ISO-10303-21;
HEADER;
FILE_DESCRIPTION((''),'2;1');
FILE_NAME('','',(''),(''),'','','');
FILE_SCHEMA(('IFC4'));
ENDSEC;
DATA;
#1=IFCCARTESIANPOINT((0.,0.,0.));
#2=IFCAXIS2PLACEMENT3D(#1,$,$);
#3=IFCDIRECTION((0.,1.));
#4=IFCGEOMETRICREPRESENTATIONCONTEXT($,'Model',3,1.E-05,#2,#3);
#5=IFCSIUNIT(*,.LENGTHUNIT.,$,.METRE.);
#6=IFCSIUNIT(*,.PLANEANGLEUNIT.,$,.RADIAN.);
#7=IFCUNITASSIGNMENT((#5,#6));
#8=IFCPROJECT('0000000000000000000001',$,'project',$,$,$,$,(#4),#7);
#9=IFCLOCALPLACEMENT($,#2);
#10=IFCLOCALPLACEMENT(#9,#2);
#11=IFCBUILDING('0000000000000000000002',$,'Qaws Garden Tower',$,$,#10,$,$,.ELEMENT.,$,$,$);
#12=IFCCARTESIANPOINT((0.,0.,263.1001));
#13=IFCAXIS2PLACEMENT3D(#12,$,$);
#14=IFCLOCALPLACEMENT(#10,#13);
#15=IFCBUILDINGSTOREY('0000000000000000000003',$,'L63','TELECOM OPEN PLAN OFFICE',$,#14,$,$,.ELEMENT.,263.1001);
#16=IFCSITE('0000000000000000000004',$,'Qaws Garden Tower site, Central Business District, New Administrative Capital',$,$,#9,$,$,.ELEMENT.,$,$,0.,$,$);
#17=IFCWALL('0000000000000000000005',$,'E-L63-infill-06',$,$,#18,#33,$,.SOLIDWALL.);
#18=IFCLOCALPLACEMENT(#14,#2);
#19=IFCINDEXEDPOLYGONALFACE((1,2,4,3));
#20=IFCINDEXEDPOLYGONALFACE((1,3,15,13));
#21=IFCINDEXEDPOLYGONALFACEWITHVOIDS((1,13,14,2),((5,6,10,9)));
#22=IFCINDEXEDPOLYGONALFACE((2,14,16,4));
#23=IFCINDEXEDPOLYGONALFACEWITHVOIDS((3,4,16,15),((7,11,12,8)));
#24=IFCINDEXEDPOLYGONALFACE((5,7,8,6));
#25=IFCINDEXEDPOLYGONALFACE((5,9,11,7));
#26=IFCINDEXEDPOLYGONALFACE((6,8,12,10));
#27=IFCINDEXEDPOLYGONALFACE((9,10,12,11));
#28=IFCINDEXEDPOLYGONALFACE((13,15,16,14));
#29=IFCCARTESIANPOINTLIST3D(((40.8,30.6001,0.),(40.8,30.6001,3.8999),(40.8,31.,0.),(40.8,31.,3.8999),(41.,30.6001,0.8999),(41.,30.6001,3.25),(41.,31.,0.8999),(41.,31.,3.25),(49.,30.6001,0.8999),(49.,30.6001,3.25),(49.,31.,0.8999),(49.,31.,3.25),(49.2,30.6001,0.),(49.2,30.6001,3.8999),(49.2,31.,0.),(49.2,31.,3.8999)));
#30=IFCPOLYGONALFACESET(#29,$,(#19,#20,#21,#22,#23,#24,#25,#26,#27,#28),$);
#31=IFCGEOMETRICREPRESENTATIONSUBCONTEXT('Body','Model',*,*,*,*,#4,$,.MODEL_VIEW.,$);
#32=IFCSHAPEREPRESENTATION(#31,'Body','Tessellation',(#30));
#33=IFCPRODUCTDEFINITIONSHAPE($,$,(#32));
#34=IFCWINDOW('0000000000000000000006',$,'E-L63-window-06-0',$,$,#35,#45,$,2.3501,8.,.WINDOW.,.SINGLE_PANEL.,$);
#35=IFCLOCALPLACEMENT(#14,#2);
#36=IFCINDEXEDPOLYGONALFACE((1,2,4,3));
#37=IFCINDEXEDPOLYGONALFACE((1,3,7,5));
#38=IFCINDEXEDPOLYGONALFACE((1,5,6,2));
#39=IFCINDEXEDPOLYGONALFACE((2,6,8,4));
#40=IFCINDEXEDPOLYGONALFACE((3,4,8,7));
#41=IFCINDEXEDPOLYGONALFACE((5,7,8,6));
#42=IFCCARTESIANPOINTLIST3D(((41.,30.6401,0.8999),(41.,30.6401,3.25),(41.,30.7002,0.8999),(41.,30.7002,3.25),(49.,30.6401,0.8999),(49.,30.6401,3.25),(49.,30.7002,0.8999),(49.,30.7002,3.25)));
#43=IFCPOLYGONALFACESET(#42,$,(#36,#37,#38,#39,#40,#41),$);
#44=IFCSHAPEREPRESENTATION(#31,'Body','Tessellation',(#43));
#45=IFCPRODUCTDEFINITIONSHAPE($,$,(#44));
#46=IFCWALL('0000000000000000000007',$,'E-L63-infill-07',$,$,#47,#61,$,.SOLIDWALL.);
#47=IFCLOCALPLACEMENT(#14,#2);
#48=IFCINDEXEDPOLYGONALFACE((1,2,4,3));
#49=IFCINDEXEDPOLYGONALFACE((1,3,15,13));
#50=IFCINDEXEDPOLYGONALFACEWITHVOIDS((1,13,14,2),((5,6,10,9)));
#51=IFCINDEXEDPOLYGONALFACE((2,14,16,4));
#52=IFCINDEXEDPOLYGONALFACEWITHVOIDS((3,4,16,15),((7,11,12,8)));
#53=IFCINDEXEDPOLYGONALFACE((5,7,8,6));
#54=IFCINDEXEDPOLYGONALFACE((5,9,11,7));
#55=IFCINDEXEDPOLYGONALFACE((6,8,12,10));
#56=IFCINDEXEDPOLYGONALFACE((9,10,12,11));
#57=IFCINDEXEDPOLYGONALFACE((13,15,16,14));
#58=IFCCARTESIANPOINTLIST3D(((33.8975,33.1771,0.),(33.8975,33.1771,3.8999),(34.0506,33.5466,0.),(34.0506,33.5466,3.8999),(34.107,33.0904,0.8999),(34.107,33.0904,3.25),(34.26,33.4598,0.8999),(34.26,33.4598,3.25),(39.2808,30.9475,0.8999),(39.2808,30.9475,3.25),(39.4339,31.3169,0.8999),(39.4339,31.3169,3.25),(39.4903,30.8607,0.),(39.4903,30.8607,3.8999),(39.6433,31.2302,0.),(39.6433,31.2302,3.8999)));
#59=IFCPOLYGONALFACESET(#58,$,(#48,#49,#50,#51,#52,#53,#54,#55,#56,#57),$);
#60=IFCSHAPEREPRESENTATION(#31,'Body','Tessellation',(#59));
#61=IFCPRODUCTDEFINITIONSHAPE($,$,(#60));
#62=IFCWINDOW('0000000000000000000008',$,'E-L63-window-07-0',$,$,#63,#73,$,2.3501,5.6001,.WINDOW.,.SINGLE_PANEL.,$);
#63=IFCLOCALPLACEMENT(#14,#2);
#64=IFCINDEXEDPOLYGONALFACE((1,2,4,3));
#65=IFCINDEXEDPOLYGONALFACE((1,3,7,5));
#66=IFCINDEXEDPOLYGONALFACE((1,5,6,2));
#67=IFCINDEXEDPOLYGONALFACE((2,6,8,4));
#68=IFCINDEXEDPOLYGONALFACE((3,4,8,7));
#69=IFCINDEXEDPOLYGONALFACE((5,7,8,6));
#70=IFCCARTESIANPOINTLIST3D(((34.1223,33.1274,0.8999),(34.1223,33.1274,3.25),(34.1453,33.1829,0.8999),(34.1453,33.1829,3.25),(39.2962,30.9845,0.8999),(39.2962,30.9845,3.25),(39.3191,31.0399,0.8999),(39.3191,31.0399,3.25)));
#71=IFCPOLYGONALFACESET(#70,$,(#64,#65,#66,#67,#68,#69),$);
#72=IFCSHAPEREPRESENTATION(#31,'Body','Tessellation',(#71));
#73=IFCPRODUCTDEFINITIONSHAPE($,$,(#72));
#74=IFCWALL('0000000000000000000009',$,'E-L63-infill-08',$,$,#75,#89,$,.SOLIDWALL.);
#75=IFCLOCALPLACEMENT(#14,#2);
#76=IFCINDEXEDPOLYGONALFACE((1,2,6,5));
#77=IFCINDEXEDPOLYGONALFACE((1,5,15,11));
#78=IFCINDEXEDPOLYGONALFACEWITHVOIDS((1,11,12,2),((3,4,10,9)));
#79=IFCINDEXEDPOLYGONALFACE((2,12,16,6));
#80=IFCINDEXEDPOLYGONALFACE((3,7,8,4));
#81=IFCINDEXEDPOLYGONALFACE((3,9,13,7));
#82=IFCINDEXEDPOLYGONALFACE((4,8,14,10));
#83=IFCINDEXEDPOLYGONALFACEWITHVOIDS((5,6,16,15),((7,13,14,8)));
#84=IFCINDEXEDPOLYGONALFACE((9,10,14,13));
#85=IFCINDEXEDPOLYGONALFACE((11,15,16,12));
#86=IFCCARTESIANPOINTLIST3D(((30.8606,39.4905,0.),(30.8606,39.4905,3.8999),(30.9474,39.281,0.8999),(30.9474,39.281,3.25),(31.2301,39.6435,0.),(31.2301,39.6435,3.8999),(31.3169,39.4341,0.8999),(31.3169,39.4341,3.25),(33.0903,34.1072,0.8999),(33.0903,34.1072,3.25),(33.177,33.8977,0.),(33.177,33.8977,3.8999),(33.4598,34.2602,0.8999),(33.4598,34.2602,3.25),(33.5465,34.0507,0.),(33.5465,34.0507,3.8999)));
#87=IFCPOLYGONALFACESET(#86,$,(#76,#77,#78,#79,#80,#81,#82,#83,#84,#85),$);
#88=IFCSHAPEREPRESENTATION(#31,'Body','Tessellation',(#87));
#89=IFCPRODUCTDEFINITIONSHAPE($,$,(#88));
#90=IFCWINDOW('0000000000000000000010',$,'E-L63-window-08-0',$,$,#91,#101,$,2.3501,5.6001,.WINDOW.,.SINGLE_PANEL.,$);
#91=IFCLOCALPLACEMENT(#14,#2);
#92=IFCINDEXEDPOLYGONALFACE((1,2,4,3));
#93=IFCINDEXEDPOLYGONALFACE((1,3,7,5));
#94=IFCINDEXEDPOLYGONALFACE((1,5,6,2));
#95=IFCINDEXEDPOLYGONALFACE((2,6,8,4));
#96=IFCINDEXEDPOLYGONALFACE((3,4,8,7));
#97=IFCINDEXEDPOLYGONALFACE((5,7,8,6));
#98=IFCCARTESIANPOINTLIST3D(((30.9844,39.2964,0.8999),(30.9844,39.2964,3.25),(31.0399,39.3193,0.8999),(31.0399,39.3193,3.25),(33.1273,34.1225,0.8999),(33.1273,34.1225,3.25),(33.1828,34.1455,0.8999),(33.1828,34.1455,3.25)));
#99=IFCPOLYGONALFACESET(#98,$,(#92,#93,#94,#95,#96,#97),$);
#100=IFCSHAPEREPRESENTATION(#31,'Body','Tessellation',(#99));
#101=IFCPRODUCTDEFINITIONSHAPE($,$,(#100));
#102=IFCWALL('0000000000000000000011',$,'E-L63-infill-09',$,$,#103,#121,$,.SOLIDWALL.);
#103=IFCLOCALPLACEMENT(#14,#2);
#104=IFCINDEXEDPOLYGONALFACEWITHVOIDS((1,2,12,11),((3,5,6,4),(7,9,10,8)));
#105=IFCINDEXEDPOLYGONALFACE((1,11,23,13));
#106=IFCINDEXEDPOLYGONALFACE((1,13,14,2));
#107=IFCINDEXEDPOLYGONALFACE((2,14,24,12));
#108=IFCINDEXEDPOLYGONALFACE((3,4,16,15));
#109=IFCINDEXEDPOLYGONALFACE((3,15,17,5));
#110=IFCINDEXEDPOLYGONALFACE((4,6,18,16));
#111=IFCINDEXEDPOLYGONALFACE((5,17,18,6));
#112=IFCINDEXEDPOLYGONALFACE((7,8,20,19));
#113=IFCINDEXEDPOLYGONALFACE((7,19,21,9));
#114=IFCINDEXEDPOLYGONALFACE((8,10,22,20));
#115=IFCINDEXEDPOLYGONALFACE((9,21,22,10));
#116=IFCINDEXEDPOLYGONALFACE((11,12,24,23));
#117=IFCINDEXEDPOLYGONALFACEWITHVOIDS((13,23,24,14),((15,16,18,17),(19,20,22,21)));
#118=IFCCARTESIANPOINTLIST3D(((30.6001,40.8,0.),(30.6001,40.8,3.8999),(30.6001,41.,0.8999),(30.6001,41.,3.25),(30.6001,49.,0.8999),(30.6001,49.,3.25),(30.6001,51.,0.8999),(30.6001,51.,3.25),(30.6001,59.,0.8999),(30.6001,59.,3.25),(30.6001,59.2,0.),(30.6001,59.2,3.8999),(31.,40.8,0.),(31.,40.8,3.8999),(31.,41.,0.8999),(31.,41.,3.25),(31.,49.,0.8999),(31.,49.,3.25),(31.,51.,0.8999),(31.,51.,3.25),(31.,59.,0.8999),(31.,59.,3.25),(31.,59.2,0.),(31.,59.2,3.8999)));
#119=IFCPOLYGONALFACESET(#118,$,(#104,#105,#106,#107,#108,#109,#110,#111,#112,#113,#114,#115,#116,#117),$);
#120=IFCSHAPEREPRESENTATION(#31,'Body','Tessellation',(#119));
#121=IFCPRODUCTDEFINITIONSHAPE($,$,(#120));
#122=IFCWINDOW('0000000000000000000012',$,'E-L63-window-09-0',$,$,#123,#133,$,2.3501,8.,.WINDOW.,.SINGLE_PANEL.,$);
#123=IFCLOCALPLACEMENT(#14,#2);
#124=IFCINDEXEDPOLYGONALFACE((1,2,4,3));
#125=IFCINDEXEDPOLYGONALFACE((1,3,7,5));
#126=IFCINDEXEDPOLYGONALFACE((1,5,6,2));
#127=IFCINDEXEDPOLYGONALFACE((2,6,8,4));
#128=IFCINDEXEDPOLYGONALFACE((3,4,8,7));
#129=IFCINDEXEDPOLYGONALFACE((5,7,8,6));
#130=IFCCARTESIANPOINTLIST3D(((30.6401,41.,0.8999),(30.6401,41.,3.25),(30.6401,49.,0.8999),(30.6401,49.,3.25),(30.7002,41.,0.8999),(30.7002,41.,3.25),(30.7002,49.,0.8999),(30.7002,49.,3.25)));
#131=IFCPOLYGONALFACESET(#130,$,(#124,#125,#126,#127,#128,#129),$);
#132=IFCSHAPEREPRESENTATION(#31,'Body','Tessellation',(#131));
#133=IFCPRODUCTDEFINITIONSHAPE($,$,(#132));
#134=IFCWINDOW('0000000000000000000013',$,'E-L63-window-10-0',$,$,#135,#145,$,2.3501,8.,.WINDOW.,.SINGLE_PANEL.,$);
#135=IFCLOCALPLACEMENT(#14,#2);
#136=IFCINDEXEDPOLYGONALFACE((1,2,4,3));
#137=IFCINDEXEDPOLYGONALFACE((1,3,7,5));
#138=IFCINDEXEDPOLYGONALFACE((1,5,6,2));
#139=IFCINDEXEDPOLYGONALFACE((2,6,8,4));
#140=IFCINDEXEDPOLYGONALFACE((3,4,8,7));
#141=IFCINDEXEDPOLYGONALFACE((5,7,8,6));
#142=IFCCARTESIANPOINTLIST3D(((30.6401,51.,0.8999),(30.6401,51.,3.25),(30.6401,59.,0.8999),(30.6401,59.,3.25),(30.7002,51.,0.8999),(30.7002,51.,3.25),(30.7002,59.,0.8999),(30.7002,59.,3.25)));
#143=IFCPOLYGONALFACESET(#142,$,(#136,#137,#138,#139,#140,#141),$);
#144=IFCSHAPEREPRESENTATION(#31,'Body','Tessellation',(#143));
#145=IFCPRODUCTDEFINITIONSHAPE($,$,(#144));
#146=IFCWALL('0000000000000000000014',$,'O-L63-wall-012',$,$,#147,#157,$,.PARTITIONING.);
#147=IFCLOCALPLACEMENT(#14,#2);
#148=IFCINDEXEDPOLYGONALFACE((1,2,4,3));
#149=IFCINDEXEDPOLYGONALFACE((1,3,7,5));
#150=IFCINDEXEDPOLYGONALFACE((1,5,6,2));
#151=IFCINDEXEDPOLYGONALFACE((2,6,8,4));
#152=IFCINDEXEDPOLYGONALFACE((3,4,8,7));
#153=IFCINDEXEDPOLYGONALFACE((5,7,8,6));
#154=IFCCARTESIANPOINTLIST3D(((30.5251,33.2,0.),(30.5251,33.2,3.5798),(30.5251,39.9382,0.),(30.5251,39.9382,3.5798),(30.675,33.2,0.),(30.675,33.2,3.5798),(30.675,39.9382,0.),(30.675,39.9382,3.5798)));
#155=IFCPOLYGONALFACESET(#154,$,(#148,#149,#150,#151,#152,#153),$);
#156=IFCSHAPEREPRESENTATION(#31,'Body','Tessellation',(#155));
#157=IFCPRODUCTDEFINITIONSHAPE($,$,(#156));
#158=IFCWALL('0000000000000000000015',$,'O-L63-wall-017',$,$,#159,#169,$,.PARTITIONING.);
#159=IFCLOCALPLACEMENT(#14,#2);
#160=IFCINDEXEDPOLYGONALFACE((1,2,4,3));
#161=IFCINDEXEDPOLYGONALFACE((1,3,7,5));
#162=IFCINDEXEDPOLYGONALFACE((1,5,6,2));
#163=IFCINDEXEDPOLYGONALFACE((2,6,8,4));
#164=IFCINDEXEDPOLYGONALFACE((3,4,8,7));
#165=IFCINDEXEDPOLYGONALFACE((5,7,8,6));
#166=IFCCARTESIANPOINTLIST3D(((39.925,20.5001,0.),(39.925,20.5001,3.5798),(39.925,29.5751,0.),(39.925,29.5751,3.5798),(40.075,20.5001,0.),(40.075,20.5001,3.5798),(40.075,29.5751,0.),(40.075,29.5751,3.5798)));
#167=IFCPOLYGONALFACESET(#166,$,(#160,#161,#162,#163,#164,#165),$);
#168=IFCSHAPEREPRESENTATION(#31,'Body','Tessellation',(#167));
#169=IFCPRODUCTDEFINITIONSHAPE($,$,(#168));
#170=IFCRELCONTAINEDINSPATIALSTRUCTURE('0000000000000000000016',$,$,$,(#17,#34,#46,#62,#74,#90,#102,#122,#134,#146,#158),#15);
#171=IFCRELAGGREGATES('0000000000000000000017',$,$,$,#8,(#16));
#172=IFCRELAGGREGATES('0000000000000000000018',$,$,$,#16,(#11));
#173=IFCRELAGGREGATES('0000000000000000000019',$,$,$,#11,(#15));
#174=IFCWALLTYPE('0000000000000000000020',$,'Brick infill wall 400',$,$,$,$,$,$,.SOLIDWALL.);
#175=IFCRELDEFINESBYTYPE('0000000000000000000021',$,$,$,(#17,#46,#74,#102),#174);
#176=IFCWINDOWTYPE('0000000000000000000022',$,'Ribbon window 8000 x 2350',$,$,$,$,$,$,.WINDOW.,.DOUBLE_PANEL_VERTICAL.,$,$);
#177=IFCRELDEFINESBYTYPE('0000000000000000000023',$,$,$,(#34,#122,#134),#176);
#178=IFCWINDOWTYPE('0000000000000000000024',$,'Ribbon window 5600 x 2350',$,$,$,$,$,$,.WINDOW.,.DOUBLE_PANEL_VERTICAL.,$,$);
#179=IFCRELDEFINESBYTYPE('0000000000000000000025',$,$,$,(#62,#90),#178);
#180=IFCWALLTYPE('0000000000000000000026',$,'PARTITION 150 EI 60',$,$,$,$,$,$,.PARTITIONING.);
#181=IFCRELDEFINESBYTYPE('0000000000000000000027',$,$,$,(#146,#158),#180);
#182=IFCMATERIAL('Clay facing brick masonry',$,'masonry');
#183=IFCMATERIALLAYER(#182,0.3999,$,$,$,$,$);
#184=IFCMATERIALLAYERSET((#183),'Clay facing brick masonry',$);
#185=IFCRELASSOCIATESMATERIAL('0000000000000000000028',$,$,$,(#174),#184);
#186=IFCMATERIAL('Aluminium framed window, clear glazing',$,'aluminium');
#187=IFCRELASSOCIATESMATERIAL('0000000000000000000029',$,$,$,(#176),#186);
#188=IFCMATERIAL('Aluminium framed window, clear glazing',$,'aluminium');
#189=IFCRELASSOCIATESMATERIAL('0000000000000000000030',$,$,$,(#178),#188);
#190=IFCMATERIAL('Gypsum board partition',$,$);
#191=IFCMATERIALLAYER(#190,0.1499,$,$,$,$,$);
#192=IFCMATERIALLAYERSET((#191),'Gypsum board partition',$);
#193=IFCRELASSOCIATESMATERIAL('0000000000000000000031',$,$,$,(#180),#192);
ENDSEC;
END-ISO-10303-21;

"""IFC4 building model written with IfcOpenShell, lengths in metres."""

from ifc_helpers import new_model, si_unit, direction, frame, frame_2d, origin, place, context, subcontext, project, spatial, rectangle, extrude, material, layer, layer_set, type_object, element, fill, save


model = new_model("IFC4")

# Units and contexts
model_context = context("Model", 3, precision=1e-05, world=origin(), true_north=direction((0.0, 1.0)))
body_context = subcontext(model_context, "Body", "Model", "MODEL_VIEW")
ifc_project = project(units=[si_unit("LENGTHUNIT", "METRE"), si_unit("PLANEANGLEUNIT", "RADIAN")], contexts=[model_context])

# Site, building, storey
site_placement = place(None, origin())
site = spatial("IfcSite", under=ifc_project, at=site_placement, Name="Qaws Garden Tower site, Central Business District, New Administrative Capital", CompositionType="ELEMENT", RefElevation=0.0)
building_placement = place(site_placement, origin())
building = spatial("IfcBuilding", under=site, at=building_placement, Name="Qaws Garden Tower", CompositionType="ELEMENT")
storey_placement = place(building_placement, frame((0.0, 0.0, 263.1001)))
storey = spatial("IfcBuildingStorey", under=building, at=storey_placement, Name="L63", Description="TELECOM OPEN PLAN OFFICE", CompositionType="ELEMENT", Elevation=263.1001)

# Walls, openings, windows
ifc_material_1 = material(Name="Clay facing brick masonry", Category="masonry")
ifc_layer_1 = layer(ifc_material_1, 0.3999)
ifc_layer_set_1 = layer_set([ifc_layer_1], Name="Clay facing brick masonry")
wall_type_1 = type_object("IfcWallType", Name="Brick infill wall 400", PredefinedType="SOLIDWALL", material=ifc_layer_set_1)
wall_1_placement = place(storey_placement, frame((49.2, 30.8, 0.0), z_axis=(0.0, 0.0, 1.0), x_axis=(-1.0, 0.0, 0.0)))
wall_1 = element("IfcWall", 1, at=wall_1_placement, inside=storey, type_object=wall_type_1, Name="E-L63-infill-06", PredefinedType="SOLIDWALL", context=body_context, shape_type="SweptSolid", body=[
    extrude(rectangle(XDim=8.3999, YDim=0.3999, at=frame_2d((4.2, 0.0))), origin(), (0.0, 0.0, 1.0), 3.8999),
])
opening_1_placement = place(wall_1_placement, frame((0.2, 0.0, 0.8999)))
opening_1 = element("IfcOpeningElement", 2, at=opening_1_placement, cuts=wall_1, PredefinedType="OPENING", context=body_context, shape_type="SweptSolid", body=[
    extrude(rectangle(XDim=8.0, YDim=2.3501, at=frame_2d((4.0, 1.175))), frame((0.0, 0.21, 0.0), z_axis=(0.0, -1.0, 0.0), x_axis=(1.0, 0.0, 0.0)), (0.0, 0.0, 1.0), 0.4199),
])
ifc_material_2 = material(Name="Aluminium framed window, clear glazing", Category="aluminium")
window_type_1 = type_object("IfcWindowType", Name="Ribbon window 8000 x 2350", PartitioningType="DOUBLE_PANEL_VERTICAL", PredefinedType="WINDOW", material=ifc_material_2)
window_1_placement = place(opening_1_placement, origin())
window_1 = element("IfcWindow", 3, at=window_1_placement, inside=storey, type_object=window_type_1, Name="E-L63-window-06-0", OverallHeight=2.3501, OverallWidth=8.0, PartitioningType="SINGLE_PANEL", PredefinedType="WINDOW", context=body_context, shape_type="SweptSolid", body=[
    extrude(rectangle(XDim=8.0, YDim=2.3501, at=frame_2d((4.0, 1.175))), frame((0.0, 0.1599, 0.0), z_axis=(0.0, -1.0, 0.0), x_axis=(1.0, 0.0, 0.0)), (0.0, 0.0, 1.0), 0.0601),
])
fill(opening_1, window_1)
wall_2_placement = place(storey_placement, frame((39.5669, 31.0454, 0.0), z_axis=(0.0, 0.0, 1.0), x_axis=(-0.923891, 0.382656, 0.0)))
wall_2 = element("IfcWall", 4, at=wall_2_placement, inside=storey, type_object=wall_type_1, Name="E-L63-infill-07", PredefinedType="SOLIDWALL", context=body_context, shape_type="SweptSolid", body=[
    extrude(rectangle(XDim=6.0535, YDim=0.3999, at=frame_2d((3.0269, 0.0))), origin(), (0.0, 0.0, 1.0), 3.8999),
])
opening_2_placement = place(wall_2_placement, frame((0.2268, 0.0, 0.8999)))
opening_2 = element("IfcOpeningElement", 5, at=opening_2_placement, cuts=wall_2, PredefinedType="OPENING", context=body_context, shape_type="SweptSolid", body=[
    extrude(rectangle(XDim=5.6001, YDim=2.3501, at=frame_2d((2.8, 1.175))), frame((0.0, 0.21, 0.0), z_axis=(0.0, -1.0, 0.0), x_axis=(1.0, 0.0, 0.0)), (0.0, 0.0, 1.0), 0.4199),
])
ifc_material_3 = material(Name="Aluminium framed window, clear glazing", Category="aluminium")
window_type_2 = type_object("IfcWindowType", Name="Ribbon window 5600 x 2350", PartitioningType="DOUBLE_PANEL_VERTICAL", PredefinedType="WINDOW", material=ifc_material_3)
window_2_placement = place(opening_2_placement, origin())
window_2 = element("IfcWindow", 6, at=window_2_placement, inside=storey, type_object=window_type_2, Name="E-L63-window-07-0", OverallHeight=2.3501, OverallWidth=5.6001, PartitioningType="SINGLE_PANEL", PredefinedType="WINDOW", context=body_context, shape_type="SweptSolid", body=[
    extrude(rectangle(XDim=5.6001, YDim=2.3501, at=frame_2d((2.8, 1.175))), frame((0.0, 0.1599, 0.0), z_axis=(0.0, -1.0, 0.0), x_axis=(1.0, 0.0, 0.0)), (0.0, 0.0, 1.0), 0.0601),
])
fill(opening_2, window_2)
wall_3_placement = place(storey_placement, frame((33.3618, 33.9741, 0.0), z_axis=(0.0, 0.0, 1.0), x_axis=(-0.382656, 0.923891, 0.0)))
wall_3 = element("IfcWall", 7, at=wall_3_placement, inside=storey, type_object=wall_type_1, Name="E-L63-infill-08", PredefinedType="SOLIDWALL", context=body_context, shape_type="SweptSolid", body=[
    extrude(rectangle(XDim=6.0535, YDim=0.3999, at=frame_2d((3.0269, 0.0))), origin(), (0.0, 0.0, 1.0), 3.8999),
])
opening_3_placement = place(wall_3_placement, frame((0.2268, 0.0, 0.8999)))
opening_3 = element("IfcOpeningElement", 8, at=opening_3_placement, cuts=wall_3, PredefinedType="OPENING", context=body_context, shape_type="SweptSolid", body=[
    extrude(rectangle(XDim=5.6001, YDim=2.3501, at=frame_2d((2.8, 1.175))), frame((0.0, 0.21, 0.0), z_axis=(0.0, -1.0, 0.0), x_axis=(1.0, 0.0, 0.0)), (0.0, 0.0, 1.0), 0.4199),
])
window_3_placement = place(opening_3_placement, origin())
window_3 = element("IfcWindow", 9, at=window_3_placement, inside=storey, type_object=window_type_2, Name="E-L63-window-08-0", OverallHeight=2.3501, OverallWidth=5.6001, PartitioningType="SINGLE_PANEL", PredefinedType="WINDOW", context=body_context, shape_type="SweptSolid", body=[
    extrude(rectangle(XDim=5.6001, YDim=2.3501, at=frame_2d((2.8, 1.175))), frame((0.0, 0.1599, 0.0), z_axis=(0.0, -1.0, 0.0), x_axis=(1.0, 0.0, 0.0)), (0.0, 0.0, 1.0), 0.0601),
])
fill(opening_3, window_3)

# Wall, openings, windows
wall_4_placement = place(storey_placement, frame((30.8, 40.8, 0.0), z_axis=(0.0, 0.0, 1.0), x_axis=(0.0, 1.0, 0.0)))
wall_4 = element("IfcWall", 10, at=wall_4_placement, inside=storey, type_object=wall_type_1, Name="E-L63-infill-09", PredefinedType="SOLIDWALL", context=body_context, shape_type="SweptSolid", body=[
    extrude(rectangle(XDim=18.3999, YDim=0.3999, at=frame_2d((9.2, 0.0))), origin(), (0.0, 0.0, 1.0), 3.8999),
])
opening_4_placement = place(wall_4_placement, frame((0.2, 0.0, 0.8999)))
opening_4 = element("IfcOpeningElement", 11, at=opening_4_placement, cuts=wall_4, PredefinedType="OPENING", context=body_context, shape_type="SweptSolid", body=[
    extrude(rectangle(XDim=8.0, YDim=2.3501, at=frame_2d((4.0, 1.175))), frame((0.0, 0.21, 0.0), z_axis=(0.0, -1.0, 0.0), x_axis=(1.0, 0.0, 0.0)), (0.0, 0.0, 1.0), 0.4199),
])
opening_5_placement = place(wall_4_placement, frame((10.2, 0.0, 0.8999)))
opening_5 = element("IfcOpeningElement", 12, at=opening_5_placement, cuts=wall_4, PredefinedType="OPENING", context=body_context, shape_type="SweptSolid", body=[
    extrude(rectangle(XDim=8.0, YDim=2.3501, at=frame_2d((4.0, 1.175))), frame((0.0, 0.21, 0.0), z_axis=(0.0, -1.0, 0.0), x_axis=(1.0, 0.0, 0.0)), (0.0, 0.0, 1.0), 0.4199),
])
window_4_placement = place(opening_4_placement, origin())
window_4 = element("IfcWindow", 13, at=window_4_placement, inside=storey, type_object=window_type_1, Name="E-L63-window-09-0", OverallHeight=2.3501, OverallWidth=8.0, PartitioningType="SINGLE_PANEL", PredefinedType="WINDOW", context=body_context, shape_type="SweptSolid", body=[
    extrude(rectangle(XDim=8.0, YDim=2.3501, at=frame_2d((4.0, 1.175))), frame((0.0, 0.1599, 0.0), z_axis=(0.0, -1.0, 0.0), x_axis=(1.0, 0.0, 0.0)), (0.0, 0.0, 1.0), 0.0601),
])
fill(opening_4, window_4)
window_5_placement = place(opening_5_placement, origin())
window_5 = element("IfcWindow", 14, at=window_5_placement, inside=storey, type_object=window_type_1, Name="E-L63-window-10-0", OverallHeight=2.3501, OverallWidth=8.0, PartitioningType="SINGLE_PANEL", PredefinedType="WINDOW", context=body_context, shape_type="SweptSolid", body=[
    extrude(rectangle(XDim=8.0, YDim=2.3501, at=frame_2d((4.0, 1.175))), frame((0.0, 0.1599, 0.0), z_axis=(0.0, -1.0, 0.0), x_axis=(1.0, 0.0, 0.0)), (0.0, 0.0, 1.0), 0.0601),
])
fill(opening_5, window_5)

# Walls
ifc_material_4 = material(Name="Gypsum board partition")
ifc_layer_2 = layer(ifc_material_4, 0.1499)
ifc_layer_set_2 = layer_set([ifc_layer_2], Name="Gypsum board partition")
wall_type_2 = type_object("IfcWallType", Name="PARTITION 150 EI 60", PredefinedType="PARTITIONING", material=ifc_layer_set_2)
wall_5_placement = place(storey_placement, frame((30.6001, 33.2, 0.0), z_axis=(0.0, 0.0, 1.0), x_axis=(0.0, 1.0, 0.0)))
element("IfcWall", 15, at=wall_5_placement, inside=storey, type_object=wall_type_2, Name="O-L63-wall-012", PredefinedType="PARTITIONING", context=body_context, shape_type="SweptSolid", body=[
    extrude(rectangle(XDim=6.7383, YDim=0.1499, at=frame_2d((3.3691, 0.0))), origin(), (0.0, 0.0, 1.0), 3.5798),
])
wall_6_placement = place(storey_placement, frame((40.0, 20.5, 0.0), z_axis=(0.0, 0.0, 1.0), x_axis=(0.0, 1.0, 0.0)))
element("IfcWall", 16, at=wall_6_placement, inside=storey, type_object=wall_type_2, Name="O-L63-wall-017", PredefinedType="PARTITIONING", context=body_context, shape_type="SweptSolid", body=[
    extrude(rectangle(XDim=9.075, YDim=0.1499, at=frame_2d((4.5376, 0.0))), origin(), (0.0, 0.0, 1.0), 3.5798),
])

save(model, "model.ifc")
